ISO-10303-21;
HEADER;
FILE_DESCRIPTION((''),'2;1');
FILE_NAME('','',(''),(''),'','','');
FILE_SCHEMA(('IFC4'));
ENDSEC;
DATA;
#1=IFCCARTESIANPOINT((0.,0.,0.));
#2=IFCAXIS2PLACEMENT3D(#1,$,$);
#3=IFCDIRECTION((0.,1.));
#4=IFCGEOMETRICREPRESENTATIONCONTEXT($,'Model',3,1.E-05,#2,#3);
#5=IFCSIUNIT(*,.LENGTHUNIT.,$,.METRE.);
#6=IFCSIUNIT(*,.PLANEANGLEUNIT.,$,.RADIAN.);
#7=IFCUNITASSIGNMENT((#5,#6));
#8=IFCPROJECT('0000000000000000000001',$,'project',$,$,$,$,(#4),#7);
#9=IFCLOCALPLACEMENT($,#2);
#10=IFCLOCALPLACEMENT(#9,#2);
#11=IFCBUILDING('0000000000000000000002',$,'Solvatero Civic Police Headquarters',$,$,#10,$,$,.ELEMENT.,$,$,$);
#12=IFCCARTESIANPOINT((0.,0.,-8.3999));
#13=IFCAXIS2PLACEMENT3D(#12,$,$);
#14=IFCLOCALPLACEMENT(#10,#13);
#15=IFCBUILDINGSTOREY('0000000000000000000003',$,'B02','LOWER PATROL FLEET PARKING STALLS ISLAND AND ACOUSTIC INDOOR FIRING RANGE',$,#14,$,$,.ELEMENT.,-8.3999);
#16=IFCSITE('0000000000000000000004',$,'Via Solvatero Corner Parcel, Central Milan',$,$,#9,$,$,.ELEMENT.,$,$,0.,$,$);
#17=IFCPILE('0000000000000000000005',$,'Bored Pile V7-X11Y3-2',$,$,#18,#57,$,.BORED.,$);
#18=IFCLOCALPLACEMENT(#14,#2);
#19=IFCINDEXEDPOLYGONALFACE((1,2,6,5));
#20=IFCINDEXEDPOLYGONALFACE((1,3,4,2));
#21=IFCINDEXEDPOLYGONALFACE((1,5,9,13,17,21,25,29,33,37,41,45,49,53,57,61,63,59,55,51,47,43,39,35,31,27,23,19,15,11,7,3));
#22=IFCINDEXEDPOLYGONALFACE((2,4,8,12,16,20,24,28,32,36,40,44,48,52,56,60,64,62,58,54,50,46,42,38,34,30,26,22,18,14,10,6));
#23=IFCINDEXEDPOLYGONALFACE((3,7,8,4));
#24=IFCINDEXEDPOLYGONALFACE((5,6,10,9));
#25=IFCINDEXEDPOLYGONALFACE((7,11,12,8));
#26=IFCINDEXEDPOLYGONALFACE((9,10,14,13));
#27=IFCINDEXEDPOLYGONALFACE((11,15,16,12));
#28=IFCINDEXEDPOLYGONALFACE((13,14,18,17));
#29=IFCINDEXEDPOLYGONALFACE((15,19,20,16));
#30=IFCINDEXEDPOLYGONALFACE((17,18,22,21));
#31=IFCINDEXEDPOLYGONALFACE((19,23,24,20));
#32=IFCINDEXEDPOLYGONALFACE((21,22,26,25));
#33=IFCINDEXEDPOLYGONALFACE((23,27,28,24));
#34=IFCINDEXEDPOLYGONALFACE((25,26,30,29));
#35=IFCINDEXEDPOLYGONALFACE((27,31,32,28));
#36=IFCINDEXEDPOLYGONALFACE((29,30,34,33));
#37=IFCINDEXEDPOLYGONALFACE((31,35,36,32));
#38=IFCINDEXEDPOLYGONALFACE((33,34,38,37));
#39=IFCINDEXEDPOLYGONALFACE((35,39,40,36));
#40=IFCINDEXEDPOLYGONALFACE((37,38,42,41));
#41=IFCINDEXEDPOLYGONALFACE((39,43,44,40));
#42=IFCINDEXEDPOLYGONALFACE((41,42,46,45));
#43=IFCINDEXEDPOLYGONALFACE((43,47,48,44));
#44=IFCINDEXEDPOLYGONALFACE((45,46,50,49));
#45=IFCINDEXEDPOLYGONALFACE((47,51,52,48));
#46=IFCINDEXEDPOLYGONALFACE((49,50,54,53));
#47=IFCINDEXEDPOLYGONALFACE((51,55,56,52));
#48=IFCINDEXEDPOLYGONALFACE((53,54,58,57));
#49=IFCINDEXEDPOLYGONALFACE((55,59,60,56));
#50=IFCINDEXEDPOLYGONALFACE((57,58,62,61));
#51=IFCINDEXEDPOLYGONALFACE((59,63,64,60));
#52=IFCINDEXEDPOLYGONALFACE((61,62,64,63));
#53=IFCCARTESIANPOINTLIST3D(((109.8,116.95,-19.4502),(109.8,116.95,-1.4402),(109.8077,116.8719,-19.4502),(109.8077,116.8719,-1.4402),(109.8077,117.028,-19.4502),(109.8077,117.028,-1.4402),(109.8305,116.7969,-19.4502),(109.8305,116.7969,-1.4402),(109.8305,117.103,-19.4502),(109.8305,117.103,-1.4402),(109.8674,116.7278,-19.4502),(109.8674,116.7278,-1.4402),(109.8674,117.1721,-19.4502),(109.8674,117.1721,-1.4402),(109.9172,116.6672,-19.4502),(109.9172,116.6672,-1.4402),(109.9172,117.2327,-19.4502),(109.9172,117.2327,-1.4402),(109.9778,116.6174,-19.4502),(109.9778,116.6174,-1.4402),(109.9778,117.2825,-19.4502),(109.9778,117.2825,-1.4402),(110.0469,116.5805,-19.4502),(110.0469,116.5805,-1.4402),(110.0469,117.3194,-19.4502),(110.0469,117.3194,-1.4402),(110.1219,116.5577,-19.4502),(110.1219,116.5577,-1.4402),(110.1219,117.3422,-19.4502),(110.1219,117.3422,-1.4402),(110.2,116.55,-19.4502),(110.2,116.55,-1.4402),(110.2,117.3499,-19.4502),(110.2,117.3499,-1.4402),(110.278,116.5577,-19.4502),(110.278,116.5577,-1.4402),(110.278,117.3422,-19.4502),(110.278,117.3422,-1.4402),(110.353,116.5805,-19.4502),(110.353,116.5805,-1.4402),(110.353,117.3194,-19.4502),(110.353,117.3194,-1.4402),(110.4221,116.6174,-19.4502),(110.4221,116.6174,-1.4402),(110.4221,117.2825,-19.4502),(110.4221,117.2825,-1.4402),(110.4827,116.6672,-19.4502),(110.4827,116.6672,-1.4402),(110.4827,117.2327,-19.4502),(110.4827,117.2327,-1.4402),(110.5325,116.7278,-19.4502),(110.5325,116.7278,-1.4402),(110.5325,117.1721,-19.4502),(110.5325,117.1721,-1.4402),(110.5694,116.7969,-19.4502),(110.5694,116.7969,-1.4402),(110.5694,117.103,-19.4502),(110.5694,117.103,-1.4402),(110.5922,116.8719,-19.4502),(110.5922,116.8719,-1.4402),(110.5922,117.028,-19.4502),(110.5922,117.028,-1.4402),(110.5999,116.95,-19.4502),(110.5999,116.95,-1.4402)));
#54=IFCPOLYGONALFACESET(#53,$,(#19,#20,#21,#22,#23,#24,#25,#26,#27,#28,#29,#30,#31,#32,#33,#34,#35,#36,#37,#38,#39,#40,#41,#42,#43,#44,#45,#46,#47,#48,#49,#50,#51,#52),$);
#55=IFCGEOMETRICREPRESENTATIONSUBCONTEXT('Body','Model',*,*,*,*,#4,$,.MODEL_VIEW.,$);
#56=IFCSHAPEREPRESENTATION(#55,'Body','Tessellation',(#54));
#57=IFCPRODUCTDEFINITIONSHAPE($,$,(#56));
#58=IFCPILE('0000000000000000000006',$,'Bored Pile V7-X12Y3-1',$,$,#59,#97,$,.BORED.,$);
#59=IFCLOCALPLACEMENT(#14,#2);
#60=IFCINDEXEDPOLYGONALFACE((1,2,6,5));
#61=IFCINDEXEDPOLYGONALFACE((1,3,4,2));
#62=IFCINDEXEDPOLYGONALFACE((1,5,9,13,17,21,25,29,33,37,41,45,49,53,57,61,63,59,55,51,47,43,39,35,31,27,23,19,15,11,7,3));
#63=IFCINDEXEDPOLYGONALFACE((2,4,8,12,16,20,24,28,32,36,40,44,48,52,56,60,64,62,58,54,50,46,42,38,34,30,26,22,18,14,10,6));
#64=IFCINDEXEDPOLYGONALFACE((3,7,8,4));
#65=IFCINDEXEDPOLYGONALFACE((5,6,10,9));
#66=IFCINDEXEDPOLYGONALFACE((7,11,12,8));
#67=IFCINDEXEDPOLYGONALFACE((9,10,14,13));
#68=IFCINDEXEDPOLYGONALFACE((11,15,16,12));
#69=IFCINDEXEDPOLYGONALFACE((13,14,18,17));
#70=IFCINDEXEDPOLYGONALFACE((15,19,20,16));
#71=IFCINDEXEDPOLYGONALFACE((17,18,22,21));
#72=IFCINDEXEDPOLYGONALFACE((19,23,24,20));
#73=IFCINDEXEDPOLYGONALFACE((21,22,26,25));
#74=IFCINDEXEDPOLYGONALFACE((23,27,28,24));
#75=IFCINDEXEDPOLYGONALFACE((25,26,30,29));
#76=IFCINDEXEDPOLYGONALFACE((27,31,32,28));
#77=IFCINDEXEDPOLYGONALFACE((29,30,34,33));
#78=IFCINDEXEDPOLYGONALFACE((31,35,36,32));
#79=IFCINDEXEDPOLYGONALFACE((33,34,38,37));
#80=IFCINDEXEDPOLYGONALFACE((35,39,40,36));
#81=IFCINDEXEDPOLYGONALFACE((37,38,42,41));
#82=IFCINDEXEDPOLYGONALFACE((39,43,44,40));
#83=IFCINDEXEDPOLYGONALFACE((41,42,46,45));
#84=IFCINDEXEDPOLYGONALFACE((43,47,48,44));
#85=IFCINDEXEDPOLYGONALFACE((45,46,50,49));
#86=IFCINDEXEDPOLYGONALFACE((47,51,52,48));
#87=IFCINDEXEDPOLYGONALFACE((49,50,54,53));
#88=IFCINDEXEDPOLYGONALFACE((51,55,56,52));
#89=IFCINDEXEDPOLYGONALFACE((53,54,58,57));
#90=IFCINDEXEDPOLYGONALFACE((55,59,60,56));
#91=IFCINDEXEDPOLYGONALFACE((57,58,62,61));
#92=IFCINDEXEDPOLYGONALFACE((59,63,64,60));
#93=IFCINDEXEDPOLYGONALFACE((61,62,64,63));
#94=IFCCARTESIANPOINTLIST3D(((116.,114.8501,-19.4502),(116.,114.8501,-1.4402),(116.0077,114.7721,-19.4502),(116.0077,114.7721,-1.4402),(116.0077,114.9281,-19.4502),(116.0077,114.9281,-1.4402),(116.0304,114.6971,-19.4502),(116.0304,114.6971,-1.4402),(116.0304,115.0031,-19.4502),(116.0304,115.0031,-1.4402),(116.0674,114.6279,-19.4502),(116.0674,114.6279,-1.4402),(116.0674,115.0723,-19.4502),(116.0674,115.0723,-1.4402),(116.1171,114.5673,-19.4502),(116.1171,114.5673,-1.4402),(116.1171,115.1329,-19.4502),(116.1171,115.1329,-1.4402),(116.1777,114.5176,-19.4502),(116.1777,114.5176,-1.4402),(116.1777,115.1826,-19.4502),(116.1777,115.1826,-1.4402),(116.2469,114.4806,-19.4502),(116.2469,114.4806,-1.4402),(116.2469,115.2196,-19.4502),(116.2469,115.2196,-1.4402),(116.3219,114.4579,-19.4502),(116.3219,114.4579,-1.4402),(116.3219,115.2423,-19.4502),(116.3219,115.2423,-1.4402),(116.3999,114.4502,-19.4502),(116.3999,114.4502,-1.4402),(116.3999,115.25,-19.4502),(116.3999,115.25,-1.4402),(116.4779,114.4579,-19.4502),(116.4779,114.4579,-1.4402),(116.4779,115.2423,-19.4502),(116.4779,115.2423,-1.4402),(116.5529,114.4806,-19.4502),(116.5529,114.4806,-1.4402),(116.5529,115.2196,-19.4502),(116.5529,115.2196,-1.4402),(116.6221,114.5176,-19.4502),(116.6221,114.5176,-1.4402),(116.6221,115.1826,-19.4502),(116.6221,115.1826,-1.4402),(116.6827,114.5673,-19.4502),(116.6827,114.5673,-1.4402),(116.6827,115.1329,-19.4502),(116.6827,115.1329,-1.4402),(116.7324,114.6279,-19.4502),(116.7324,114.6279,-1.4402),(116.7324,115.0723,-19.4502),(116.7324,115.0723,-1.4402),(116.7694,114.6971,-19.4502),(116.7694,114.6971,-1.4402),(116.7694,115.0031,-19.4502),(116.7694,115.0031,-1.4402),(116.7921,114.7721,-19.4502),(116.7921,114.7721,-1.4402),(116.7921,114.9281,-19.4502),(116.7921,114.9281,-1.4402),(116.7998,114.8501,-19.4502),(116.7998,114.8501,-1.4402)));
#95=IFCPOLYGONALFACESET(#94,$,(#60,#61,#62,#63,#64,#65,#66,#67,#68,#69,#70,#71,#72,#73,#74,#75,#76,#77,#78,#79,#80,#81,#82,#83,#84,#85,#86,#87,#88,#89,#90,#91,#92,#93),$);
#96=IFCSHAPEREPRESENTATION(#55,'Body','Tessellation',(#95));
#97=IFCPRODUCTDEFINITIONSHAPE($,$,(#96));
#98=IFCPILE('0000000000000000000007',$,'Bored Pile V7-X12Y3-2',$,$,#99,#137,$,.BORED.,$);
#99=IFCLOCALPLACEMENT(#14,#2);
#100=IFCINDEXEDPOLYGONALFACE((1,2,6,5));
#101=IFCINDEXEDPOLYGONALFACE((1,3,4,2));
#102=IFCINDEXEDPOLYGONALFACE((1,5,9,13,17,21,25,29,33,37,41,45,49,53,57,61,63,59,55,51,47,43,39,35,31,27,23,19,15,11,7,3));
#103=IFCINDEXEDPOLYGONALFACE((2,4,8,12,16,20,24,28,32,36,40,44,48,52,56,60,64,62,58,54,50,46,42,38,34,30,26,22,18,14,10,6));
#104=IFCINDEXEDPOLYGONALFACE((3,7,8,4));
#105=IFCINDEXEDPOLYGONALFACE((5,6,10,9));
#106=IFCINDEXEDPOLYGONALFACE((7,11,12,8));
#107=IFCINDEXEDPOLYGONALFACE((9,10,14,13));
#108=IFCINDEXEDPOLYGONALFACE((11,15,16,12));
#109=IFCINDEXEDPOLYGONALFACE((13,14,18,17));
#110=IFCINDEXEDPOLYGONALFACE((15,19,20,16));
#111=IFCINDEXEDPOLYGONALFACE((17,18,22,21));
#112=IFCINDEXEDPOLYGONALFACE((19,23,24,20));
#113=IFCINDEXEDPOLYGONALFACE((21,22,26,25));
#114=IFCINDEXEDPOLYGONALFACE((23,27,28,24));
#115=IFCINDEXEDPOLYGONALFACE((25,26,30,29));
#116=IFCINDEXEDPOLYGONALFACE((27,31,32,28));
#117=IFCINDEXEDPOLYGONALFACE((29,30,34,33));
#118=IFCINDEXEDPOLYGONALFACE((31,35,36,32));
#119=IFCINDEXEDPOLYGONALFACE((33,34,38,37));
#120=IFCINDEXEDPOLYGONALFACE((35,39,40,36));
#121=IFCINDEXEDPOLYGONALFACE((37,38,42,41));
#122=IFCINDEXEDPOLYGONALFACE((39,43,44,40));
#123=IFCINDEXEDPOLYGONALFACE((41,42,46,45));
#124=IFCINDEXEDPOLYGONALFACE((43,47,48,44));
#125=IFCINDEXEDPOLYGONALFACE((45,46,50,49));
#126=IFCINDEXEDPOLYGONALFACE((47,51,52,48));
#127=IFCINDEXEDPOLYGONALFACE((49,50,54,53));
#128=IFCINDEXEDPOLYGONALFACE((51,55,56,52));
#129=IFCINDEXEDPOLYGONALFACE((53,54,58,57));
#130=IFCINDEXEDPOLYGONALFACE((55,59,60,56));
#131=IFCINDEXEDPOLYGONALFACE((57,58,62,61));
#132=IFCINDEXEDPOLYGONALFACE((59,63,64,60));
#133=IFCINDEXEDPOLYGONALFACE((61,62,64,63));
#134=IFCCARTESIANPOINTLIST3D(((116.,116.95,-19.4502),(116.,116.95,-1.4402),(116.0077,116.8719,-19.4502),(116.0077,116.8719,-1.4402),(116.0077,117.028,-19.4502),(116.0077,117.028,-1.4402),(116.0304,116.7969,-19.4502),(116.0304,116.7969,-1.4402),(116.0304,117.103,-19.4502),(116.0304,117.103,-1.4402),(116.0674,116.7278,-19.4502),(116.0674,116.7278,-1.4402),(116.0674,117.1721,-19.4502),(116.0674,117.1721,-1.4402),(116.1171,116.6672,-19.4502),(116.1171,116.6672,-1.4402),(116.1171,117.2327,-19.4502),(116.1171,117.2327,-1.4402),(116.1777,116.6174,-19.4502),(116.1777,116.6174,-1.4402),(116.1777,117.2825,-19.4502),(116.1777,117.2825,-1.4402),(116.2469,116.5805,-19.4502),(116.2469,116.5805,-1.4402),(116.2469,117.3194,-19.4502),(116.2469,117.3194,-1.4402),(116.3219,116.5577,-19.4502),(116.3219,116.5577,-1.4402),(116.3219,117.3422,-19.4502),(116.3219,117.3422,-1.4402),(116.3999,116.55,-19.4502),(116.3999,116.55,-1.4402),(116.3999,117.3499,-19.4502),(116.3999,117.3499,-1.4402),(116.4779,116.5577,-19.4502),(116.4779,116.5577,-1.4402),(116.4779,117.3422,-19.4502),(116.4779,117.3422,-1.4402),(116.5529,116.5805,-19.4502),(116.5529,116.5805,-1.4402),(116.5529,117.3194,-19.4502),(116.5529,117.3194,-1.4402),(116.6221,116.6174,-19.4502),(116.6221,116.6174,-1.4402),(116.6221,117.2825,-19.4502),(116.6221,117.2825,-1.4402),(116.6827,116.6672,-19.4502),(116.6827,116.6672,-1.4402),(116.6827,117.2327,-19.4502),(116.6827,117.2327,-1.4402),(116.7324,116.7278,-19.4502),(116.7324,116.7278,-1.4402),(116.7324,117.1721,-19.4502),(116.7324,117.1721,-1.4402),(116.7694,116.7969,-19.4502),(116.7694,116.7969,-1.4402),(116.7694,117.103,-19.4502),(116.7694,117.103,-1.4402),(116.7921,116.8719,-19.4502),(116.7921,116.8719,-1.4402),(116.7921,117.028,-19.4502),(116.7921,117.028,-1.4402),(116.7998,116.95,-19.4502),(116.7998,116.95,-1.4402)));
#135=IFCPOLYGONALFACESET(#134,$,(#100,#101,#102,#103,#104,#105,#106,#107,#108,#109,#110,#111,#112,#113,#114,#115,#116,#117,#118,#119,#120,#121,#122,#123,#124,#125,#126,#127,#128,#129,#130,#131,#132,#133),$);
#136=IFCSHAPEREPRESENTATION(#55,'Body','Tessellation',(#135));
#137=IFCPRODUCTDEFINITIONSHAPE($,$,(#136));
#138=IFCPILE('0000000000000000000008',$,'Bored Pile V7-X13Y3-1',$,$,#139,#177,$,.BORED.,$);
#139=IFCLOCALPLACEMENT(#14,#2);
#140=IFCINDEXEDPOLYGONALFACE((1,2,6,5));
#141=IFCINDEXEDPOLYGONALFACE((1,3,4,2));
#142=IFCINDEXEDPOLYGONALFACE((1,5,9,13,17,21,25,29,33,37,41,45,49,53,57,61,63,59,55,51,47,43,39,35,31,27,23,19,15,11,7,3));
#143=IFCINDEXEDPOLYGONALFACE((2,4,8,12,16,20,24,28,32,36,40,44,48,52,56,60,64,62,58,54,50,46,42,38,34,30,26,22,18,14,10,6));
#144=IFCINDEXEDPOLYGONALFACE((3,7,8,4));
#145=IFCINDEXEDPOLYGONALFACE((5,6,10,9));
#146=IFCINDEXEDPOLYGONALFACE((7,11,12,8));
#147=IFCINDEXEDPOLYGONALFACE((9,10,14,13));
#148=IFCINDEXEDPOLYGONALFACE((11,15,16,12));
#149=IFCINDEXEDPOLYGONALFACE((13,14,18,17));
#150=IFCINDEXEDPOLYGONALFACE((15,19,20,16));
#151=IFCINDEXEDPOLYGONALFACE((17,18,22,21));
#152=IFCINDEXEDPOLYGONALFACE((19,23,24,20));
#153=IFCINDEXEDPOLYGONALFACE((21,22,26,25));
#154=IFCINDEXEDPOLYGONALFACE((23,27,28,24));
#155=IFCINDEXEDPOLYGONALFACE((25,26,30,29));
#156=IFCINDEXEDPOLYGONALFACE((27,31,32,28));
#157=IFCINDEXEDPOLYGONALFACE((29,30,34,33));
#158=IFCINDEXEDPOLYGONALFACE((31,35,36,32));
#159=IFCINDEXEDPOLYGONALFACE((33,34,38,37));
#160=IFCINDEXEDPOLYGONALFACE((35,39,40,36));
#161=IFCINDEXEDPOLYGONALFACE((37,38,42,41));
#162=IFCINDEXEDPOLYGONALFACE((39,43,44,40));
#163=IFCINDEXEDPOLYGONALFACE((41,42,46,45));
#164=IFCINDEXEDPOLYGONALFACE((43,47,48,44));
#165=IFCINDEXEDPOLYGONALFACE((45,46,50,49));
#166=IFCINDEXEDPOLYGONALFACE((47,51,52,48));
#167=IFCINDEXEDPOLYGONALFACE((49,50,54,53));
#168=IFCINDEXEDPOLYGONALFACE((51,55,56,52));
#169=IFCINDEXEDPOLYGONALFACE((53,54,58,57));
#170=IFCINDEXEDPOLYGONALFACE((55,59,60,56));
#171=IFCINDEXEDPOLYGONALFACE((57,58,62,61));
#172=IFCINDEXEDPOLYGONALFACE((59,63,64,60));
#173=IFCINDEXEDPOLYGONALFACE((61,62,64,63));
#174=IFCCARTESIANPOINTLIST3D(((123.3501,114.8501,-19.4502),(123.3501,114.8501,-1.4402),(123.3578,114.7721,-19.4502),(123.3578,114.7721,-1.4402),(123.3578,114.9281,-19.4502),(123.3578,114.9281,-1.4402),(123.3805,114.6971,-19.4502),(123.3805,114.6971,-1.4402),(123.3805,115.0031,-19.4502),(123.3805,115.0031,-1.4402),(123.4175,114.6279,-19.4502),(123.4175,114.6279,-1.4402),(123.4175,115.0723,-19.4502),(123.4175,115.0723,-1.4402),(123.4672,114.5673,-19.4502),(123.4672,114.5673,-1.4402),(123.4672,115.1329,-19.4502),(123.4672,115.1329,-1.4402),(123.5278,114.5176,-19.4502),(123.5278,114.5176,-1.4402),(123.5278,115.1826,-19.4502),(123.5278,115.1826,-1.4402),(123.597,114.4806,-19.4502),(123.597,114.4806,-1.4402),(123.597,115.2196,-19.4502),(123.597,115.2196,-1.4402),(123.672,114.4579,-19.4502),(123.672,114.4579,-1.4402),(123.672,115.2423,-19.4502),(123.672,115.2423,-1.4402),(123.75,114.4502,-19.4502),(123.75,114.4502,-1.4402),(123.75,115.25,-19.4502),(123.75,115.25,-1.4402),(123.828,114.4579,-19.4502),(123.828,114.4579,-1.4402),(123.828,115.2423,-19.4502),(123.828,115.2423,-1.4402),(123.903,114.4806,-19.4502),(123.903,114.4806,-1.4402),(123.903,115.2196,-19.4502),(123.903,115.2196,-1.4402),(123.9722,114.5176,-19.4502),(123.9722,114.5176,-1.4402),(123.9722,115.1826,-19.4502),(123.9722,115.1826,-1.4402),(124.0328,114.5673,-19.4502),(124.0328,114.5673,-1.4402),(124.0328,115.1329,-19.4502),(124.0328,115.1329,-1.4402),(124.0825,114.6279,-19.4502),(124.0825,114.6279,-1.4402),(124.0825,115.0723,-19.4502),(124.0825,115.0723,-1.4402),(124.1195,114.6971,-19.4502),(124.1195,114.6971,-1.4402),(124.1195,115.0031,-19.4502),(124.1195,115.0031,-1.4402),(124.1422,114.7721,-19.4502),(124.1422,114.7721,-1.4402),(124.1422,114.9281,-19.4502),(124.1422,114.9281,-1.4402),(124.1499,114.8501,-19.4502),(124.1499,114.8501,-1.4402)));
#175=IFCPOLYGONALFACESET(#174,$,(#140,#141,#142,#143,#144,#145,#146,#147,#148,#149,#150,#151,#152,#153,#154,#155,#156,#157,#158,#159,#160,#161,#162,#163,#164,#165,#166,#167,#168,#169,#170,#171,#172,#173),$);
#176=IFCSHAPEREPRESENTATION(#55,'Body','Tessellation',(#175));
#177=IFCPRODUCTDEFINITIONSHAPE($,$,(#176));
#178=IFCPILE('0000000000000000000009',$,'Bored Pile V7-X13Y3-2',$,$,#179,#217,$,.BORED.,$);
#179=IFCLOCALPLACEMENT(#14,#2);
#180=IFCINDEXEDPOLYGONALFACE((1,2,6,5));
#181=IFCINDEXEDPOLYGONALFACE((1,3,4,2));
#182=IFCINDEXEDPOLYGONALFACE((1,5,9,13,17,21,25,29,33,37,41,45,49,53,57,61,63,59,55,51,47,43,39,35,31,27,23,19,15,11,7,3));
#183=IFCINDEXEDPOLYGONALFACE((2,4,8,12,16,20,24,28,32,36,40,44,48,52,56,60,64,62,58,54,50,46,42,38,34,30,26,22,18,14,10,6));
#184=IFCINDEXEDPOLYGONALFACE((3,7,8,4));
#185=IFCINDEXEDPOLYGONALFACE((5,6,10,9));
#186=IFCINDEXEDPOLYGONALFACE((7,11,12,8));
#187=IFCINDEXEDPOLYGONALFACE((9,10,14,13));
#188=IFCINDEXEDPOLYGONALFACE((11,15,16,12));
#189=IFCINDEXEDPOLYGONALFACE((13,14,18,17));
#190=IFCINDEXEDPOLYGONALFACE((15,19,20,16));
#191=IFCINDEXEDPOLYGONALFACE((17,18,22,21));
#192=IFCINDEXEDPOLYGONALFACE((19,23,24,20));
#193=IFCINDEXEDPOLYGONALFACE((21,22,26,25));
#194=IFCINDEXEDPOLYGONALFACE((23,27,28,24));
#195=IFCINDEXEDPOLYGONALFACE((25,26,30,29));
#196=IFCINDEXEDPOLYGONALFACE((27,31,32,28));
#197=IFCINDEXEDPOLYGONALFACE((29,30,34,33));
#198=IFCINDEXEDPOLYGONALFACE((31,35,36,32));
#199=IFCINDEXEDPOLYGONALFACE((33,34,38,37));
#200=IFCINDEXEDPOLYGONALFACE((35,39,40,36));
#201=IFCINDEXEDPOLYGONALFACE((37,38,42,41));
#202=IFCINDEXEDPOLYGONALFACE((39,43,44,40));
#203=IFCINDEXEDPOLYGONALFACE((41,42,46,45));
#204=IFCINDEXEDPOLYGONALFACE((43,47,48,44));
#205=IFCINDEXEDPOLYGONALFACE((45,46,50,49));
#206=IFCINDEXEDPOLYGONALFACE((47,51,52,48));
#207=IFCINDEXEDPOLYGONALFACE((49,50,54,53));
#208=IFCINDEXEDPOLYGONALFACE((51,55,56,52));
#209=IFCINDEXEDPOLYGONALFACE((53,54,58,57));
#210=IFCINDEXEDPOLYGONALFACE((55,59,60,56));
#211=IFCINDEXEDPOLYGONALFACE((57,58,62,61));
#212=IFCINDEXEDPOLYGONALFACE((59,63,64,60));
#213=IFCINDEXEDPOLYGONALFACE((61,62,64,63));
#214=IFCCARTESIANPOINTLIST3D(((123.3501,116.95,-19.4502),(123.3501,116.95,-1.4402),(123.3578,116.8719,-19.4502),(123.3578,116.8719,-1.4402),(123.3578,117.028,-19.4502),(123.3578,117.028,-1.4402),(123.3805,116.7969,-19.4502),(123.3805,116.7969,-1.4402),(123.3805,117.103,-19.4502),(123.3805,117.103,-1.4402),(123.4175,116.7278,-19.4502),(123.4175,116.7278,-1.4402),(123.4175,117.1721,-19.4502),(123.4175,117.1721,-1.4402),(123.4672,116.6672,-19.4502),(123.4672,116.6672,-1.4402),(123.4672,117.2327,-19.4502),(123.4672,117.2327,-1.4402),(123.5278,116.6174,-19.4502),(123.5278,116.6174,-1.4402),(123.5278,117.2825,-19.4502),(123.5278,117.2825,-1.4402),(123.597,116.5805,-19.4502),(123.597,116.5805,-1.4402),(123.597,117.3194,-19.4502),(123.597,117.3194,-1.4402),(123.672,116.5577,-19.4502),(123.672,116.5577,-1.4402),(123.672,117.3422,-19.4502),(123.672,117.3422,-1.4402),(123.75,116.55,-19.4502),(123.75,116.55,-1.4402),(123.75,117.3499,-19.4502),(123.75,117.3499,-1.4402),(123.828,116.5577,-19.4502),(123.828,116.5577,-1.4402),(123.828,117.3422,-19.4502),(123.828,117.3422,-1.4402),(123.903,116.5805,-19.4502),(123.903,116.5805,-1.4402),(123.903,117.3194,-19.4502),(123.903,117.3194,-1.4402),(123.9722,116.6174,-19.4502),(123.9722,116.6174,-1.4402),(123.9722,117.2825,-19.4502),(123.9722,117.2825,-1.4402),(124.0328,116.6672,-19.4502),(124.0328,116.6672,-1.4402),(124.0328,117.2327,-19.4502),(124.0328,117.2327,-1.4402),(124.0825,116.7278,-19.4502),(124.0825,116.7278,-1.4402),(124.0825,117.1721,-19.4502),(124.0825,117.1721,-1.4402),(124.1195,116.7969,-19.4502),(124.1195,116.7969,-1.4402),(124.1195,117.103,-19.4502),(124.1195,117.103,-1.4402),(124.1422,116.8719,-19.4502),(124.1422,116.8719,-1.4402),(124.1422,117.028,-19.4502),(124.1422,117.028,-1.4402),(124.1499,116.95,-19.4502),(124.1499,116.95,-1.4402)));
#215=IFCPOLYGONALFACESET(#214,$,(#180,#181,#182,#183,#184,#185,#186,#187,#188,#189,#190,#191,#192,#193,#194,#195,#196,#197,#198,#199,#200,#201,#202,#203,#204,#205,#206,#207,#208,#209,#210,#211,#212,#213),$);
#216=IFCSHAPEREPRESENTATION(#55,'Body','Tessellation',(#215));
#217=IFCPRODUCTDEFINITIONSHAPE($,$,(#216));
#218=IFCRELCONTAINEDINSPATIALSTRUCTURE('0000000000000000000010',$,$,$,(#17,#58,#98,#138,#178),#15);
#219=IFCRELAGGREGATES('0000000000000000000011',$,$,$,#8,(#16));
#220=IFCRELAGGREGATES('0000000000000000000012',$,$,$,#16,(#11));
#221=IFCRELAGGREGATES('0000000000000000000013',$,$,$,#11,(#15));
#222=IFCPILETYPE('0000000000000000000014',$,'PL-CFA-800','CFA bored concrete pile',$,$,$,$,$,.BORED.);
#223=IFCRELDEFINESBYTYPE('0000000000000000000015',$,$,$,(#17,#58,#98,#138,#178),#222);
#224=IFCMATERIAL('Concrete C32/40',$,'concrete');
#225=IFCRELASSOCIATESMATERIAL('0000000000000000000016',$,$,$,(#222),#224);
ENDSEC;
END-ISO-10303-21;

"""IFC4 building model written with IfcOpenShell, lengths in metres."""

from ifc_helpers import new_model, si_unit, direction, frame, origin, origin_2d, place, context, subcontext, project, spatial, circle, extrude, material, material_profile, profile_set, type_object, element, save


model = new_model("IFC4")

# Units and contexts
model_context = context("Model", 3, precision=1e-05, world=origin(), true_north=direction((0.0, 1.0)))
body_context = subcontext(model_context, "Body", "Model", "MODEL_VIEW")
ifc_project = project(units=[si_unit("LENGTHUNIT", "METRE"), si_unit("PLANEANGLEUNIT", "RADIAN")], contexts=[model_context])

# Site, building, storey
site_placement = place(None, origin())
site = spatial("IfcSite", under=ifc_project, at=site_placement, Name="Via Solvatero Corner Parcel, Central Milan", CompositionType="ELEMENT", RefElevation=0.0)
building_placement = place(site_placement, origin())
building = spatial("IfcBuilding", under=site, at=building_placement, Name="Solvatero Civic Police Headquarters", CompositionType="ELEMENT")
storey_placement = place(building_placement, frame((0.0, 0.0, -8.3999)))
storey = spatial("IfcBuildingStorey", under=building, at=storey_placement, Name="B02", Description="LOWER PATROL FLEET PARKING STALLS ISLAND AND ACOUSTIC INDOOR FIRING RANGE", CompositionType="ELEMENT", Elevation=-8.3999)

# Piles
ifc_material_1 = material(Name="Concrete C32/40", Category="concrete")
ifc_material_profile_1 = material_profile(ifc_material_1, circle(Radius=0.3999, at=origin_2d()), Name="CFA PILE D800")
ifc_profile_set_1 = profile_set([ifc_material_profile_1], Name="Concrete C32/40")
pile_type = type_object("IfcPileType", Name="PL-CFA-800", Description="CFA bored concrete pile", PredefinedType="BORED", material=ifc_profile_set_1)
for number, where, z_axis, x_axis, name in (
    (1, (110.2, 116.95, -1.4402), (0.0, 0.0, -1.0), (1.0, 0.0, 0.0), "Bored Pile V7-X11Y3-2"),
    (2, (116.3999, 114.8501, -1.4402), (0.0, 0.0, -1.0), (1.0, 0.0, 0.0), "Bored Pile V7-X12Y3-1"),
    (3, (116.3999, 116.95, -1.4402), (0.0, 0.0, -1.0), (1.0, 0.0, 0.0), "Bored Pile V7-X12Y3-2"),
    (4, (123.75, 114.8501, -1.4402), (0.0, 0.0, -1.0), (1.0, 0.0, 0.0), "Bored Pile V7-X13Y3-1"),
    (5, (123.75, 116.95, -1.4402), (0.0, 0.0, -1.0), (1.0, 0.0, 0.0), "Bored Pile V7-X13Y3-2"),
):
    element("IfcPile", number, at=place(storey_placement, frame(where, z_axis=z_axis, x_axis=x_axis)), inside=storey, type_object=pile_type, Name=name, PredefinedType="BORED", context=body_context, shape_type="SweptSolid", body=[
        extrude(circle(Radius=0.3999, at=origin_2d()), origin(), (0.0, 0.0, 1.0), 18.01),
    ])

save(model, "model.ifc")
